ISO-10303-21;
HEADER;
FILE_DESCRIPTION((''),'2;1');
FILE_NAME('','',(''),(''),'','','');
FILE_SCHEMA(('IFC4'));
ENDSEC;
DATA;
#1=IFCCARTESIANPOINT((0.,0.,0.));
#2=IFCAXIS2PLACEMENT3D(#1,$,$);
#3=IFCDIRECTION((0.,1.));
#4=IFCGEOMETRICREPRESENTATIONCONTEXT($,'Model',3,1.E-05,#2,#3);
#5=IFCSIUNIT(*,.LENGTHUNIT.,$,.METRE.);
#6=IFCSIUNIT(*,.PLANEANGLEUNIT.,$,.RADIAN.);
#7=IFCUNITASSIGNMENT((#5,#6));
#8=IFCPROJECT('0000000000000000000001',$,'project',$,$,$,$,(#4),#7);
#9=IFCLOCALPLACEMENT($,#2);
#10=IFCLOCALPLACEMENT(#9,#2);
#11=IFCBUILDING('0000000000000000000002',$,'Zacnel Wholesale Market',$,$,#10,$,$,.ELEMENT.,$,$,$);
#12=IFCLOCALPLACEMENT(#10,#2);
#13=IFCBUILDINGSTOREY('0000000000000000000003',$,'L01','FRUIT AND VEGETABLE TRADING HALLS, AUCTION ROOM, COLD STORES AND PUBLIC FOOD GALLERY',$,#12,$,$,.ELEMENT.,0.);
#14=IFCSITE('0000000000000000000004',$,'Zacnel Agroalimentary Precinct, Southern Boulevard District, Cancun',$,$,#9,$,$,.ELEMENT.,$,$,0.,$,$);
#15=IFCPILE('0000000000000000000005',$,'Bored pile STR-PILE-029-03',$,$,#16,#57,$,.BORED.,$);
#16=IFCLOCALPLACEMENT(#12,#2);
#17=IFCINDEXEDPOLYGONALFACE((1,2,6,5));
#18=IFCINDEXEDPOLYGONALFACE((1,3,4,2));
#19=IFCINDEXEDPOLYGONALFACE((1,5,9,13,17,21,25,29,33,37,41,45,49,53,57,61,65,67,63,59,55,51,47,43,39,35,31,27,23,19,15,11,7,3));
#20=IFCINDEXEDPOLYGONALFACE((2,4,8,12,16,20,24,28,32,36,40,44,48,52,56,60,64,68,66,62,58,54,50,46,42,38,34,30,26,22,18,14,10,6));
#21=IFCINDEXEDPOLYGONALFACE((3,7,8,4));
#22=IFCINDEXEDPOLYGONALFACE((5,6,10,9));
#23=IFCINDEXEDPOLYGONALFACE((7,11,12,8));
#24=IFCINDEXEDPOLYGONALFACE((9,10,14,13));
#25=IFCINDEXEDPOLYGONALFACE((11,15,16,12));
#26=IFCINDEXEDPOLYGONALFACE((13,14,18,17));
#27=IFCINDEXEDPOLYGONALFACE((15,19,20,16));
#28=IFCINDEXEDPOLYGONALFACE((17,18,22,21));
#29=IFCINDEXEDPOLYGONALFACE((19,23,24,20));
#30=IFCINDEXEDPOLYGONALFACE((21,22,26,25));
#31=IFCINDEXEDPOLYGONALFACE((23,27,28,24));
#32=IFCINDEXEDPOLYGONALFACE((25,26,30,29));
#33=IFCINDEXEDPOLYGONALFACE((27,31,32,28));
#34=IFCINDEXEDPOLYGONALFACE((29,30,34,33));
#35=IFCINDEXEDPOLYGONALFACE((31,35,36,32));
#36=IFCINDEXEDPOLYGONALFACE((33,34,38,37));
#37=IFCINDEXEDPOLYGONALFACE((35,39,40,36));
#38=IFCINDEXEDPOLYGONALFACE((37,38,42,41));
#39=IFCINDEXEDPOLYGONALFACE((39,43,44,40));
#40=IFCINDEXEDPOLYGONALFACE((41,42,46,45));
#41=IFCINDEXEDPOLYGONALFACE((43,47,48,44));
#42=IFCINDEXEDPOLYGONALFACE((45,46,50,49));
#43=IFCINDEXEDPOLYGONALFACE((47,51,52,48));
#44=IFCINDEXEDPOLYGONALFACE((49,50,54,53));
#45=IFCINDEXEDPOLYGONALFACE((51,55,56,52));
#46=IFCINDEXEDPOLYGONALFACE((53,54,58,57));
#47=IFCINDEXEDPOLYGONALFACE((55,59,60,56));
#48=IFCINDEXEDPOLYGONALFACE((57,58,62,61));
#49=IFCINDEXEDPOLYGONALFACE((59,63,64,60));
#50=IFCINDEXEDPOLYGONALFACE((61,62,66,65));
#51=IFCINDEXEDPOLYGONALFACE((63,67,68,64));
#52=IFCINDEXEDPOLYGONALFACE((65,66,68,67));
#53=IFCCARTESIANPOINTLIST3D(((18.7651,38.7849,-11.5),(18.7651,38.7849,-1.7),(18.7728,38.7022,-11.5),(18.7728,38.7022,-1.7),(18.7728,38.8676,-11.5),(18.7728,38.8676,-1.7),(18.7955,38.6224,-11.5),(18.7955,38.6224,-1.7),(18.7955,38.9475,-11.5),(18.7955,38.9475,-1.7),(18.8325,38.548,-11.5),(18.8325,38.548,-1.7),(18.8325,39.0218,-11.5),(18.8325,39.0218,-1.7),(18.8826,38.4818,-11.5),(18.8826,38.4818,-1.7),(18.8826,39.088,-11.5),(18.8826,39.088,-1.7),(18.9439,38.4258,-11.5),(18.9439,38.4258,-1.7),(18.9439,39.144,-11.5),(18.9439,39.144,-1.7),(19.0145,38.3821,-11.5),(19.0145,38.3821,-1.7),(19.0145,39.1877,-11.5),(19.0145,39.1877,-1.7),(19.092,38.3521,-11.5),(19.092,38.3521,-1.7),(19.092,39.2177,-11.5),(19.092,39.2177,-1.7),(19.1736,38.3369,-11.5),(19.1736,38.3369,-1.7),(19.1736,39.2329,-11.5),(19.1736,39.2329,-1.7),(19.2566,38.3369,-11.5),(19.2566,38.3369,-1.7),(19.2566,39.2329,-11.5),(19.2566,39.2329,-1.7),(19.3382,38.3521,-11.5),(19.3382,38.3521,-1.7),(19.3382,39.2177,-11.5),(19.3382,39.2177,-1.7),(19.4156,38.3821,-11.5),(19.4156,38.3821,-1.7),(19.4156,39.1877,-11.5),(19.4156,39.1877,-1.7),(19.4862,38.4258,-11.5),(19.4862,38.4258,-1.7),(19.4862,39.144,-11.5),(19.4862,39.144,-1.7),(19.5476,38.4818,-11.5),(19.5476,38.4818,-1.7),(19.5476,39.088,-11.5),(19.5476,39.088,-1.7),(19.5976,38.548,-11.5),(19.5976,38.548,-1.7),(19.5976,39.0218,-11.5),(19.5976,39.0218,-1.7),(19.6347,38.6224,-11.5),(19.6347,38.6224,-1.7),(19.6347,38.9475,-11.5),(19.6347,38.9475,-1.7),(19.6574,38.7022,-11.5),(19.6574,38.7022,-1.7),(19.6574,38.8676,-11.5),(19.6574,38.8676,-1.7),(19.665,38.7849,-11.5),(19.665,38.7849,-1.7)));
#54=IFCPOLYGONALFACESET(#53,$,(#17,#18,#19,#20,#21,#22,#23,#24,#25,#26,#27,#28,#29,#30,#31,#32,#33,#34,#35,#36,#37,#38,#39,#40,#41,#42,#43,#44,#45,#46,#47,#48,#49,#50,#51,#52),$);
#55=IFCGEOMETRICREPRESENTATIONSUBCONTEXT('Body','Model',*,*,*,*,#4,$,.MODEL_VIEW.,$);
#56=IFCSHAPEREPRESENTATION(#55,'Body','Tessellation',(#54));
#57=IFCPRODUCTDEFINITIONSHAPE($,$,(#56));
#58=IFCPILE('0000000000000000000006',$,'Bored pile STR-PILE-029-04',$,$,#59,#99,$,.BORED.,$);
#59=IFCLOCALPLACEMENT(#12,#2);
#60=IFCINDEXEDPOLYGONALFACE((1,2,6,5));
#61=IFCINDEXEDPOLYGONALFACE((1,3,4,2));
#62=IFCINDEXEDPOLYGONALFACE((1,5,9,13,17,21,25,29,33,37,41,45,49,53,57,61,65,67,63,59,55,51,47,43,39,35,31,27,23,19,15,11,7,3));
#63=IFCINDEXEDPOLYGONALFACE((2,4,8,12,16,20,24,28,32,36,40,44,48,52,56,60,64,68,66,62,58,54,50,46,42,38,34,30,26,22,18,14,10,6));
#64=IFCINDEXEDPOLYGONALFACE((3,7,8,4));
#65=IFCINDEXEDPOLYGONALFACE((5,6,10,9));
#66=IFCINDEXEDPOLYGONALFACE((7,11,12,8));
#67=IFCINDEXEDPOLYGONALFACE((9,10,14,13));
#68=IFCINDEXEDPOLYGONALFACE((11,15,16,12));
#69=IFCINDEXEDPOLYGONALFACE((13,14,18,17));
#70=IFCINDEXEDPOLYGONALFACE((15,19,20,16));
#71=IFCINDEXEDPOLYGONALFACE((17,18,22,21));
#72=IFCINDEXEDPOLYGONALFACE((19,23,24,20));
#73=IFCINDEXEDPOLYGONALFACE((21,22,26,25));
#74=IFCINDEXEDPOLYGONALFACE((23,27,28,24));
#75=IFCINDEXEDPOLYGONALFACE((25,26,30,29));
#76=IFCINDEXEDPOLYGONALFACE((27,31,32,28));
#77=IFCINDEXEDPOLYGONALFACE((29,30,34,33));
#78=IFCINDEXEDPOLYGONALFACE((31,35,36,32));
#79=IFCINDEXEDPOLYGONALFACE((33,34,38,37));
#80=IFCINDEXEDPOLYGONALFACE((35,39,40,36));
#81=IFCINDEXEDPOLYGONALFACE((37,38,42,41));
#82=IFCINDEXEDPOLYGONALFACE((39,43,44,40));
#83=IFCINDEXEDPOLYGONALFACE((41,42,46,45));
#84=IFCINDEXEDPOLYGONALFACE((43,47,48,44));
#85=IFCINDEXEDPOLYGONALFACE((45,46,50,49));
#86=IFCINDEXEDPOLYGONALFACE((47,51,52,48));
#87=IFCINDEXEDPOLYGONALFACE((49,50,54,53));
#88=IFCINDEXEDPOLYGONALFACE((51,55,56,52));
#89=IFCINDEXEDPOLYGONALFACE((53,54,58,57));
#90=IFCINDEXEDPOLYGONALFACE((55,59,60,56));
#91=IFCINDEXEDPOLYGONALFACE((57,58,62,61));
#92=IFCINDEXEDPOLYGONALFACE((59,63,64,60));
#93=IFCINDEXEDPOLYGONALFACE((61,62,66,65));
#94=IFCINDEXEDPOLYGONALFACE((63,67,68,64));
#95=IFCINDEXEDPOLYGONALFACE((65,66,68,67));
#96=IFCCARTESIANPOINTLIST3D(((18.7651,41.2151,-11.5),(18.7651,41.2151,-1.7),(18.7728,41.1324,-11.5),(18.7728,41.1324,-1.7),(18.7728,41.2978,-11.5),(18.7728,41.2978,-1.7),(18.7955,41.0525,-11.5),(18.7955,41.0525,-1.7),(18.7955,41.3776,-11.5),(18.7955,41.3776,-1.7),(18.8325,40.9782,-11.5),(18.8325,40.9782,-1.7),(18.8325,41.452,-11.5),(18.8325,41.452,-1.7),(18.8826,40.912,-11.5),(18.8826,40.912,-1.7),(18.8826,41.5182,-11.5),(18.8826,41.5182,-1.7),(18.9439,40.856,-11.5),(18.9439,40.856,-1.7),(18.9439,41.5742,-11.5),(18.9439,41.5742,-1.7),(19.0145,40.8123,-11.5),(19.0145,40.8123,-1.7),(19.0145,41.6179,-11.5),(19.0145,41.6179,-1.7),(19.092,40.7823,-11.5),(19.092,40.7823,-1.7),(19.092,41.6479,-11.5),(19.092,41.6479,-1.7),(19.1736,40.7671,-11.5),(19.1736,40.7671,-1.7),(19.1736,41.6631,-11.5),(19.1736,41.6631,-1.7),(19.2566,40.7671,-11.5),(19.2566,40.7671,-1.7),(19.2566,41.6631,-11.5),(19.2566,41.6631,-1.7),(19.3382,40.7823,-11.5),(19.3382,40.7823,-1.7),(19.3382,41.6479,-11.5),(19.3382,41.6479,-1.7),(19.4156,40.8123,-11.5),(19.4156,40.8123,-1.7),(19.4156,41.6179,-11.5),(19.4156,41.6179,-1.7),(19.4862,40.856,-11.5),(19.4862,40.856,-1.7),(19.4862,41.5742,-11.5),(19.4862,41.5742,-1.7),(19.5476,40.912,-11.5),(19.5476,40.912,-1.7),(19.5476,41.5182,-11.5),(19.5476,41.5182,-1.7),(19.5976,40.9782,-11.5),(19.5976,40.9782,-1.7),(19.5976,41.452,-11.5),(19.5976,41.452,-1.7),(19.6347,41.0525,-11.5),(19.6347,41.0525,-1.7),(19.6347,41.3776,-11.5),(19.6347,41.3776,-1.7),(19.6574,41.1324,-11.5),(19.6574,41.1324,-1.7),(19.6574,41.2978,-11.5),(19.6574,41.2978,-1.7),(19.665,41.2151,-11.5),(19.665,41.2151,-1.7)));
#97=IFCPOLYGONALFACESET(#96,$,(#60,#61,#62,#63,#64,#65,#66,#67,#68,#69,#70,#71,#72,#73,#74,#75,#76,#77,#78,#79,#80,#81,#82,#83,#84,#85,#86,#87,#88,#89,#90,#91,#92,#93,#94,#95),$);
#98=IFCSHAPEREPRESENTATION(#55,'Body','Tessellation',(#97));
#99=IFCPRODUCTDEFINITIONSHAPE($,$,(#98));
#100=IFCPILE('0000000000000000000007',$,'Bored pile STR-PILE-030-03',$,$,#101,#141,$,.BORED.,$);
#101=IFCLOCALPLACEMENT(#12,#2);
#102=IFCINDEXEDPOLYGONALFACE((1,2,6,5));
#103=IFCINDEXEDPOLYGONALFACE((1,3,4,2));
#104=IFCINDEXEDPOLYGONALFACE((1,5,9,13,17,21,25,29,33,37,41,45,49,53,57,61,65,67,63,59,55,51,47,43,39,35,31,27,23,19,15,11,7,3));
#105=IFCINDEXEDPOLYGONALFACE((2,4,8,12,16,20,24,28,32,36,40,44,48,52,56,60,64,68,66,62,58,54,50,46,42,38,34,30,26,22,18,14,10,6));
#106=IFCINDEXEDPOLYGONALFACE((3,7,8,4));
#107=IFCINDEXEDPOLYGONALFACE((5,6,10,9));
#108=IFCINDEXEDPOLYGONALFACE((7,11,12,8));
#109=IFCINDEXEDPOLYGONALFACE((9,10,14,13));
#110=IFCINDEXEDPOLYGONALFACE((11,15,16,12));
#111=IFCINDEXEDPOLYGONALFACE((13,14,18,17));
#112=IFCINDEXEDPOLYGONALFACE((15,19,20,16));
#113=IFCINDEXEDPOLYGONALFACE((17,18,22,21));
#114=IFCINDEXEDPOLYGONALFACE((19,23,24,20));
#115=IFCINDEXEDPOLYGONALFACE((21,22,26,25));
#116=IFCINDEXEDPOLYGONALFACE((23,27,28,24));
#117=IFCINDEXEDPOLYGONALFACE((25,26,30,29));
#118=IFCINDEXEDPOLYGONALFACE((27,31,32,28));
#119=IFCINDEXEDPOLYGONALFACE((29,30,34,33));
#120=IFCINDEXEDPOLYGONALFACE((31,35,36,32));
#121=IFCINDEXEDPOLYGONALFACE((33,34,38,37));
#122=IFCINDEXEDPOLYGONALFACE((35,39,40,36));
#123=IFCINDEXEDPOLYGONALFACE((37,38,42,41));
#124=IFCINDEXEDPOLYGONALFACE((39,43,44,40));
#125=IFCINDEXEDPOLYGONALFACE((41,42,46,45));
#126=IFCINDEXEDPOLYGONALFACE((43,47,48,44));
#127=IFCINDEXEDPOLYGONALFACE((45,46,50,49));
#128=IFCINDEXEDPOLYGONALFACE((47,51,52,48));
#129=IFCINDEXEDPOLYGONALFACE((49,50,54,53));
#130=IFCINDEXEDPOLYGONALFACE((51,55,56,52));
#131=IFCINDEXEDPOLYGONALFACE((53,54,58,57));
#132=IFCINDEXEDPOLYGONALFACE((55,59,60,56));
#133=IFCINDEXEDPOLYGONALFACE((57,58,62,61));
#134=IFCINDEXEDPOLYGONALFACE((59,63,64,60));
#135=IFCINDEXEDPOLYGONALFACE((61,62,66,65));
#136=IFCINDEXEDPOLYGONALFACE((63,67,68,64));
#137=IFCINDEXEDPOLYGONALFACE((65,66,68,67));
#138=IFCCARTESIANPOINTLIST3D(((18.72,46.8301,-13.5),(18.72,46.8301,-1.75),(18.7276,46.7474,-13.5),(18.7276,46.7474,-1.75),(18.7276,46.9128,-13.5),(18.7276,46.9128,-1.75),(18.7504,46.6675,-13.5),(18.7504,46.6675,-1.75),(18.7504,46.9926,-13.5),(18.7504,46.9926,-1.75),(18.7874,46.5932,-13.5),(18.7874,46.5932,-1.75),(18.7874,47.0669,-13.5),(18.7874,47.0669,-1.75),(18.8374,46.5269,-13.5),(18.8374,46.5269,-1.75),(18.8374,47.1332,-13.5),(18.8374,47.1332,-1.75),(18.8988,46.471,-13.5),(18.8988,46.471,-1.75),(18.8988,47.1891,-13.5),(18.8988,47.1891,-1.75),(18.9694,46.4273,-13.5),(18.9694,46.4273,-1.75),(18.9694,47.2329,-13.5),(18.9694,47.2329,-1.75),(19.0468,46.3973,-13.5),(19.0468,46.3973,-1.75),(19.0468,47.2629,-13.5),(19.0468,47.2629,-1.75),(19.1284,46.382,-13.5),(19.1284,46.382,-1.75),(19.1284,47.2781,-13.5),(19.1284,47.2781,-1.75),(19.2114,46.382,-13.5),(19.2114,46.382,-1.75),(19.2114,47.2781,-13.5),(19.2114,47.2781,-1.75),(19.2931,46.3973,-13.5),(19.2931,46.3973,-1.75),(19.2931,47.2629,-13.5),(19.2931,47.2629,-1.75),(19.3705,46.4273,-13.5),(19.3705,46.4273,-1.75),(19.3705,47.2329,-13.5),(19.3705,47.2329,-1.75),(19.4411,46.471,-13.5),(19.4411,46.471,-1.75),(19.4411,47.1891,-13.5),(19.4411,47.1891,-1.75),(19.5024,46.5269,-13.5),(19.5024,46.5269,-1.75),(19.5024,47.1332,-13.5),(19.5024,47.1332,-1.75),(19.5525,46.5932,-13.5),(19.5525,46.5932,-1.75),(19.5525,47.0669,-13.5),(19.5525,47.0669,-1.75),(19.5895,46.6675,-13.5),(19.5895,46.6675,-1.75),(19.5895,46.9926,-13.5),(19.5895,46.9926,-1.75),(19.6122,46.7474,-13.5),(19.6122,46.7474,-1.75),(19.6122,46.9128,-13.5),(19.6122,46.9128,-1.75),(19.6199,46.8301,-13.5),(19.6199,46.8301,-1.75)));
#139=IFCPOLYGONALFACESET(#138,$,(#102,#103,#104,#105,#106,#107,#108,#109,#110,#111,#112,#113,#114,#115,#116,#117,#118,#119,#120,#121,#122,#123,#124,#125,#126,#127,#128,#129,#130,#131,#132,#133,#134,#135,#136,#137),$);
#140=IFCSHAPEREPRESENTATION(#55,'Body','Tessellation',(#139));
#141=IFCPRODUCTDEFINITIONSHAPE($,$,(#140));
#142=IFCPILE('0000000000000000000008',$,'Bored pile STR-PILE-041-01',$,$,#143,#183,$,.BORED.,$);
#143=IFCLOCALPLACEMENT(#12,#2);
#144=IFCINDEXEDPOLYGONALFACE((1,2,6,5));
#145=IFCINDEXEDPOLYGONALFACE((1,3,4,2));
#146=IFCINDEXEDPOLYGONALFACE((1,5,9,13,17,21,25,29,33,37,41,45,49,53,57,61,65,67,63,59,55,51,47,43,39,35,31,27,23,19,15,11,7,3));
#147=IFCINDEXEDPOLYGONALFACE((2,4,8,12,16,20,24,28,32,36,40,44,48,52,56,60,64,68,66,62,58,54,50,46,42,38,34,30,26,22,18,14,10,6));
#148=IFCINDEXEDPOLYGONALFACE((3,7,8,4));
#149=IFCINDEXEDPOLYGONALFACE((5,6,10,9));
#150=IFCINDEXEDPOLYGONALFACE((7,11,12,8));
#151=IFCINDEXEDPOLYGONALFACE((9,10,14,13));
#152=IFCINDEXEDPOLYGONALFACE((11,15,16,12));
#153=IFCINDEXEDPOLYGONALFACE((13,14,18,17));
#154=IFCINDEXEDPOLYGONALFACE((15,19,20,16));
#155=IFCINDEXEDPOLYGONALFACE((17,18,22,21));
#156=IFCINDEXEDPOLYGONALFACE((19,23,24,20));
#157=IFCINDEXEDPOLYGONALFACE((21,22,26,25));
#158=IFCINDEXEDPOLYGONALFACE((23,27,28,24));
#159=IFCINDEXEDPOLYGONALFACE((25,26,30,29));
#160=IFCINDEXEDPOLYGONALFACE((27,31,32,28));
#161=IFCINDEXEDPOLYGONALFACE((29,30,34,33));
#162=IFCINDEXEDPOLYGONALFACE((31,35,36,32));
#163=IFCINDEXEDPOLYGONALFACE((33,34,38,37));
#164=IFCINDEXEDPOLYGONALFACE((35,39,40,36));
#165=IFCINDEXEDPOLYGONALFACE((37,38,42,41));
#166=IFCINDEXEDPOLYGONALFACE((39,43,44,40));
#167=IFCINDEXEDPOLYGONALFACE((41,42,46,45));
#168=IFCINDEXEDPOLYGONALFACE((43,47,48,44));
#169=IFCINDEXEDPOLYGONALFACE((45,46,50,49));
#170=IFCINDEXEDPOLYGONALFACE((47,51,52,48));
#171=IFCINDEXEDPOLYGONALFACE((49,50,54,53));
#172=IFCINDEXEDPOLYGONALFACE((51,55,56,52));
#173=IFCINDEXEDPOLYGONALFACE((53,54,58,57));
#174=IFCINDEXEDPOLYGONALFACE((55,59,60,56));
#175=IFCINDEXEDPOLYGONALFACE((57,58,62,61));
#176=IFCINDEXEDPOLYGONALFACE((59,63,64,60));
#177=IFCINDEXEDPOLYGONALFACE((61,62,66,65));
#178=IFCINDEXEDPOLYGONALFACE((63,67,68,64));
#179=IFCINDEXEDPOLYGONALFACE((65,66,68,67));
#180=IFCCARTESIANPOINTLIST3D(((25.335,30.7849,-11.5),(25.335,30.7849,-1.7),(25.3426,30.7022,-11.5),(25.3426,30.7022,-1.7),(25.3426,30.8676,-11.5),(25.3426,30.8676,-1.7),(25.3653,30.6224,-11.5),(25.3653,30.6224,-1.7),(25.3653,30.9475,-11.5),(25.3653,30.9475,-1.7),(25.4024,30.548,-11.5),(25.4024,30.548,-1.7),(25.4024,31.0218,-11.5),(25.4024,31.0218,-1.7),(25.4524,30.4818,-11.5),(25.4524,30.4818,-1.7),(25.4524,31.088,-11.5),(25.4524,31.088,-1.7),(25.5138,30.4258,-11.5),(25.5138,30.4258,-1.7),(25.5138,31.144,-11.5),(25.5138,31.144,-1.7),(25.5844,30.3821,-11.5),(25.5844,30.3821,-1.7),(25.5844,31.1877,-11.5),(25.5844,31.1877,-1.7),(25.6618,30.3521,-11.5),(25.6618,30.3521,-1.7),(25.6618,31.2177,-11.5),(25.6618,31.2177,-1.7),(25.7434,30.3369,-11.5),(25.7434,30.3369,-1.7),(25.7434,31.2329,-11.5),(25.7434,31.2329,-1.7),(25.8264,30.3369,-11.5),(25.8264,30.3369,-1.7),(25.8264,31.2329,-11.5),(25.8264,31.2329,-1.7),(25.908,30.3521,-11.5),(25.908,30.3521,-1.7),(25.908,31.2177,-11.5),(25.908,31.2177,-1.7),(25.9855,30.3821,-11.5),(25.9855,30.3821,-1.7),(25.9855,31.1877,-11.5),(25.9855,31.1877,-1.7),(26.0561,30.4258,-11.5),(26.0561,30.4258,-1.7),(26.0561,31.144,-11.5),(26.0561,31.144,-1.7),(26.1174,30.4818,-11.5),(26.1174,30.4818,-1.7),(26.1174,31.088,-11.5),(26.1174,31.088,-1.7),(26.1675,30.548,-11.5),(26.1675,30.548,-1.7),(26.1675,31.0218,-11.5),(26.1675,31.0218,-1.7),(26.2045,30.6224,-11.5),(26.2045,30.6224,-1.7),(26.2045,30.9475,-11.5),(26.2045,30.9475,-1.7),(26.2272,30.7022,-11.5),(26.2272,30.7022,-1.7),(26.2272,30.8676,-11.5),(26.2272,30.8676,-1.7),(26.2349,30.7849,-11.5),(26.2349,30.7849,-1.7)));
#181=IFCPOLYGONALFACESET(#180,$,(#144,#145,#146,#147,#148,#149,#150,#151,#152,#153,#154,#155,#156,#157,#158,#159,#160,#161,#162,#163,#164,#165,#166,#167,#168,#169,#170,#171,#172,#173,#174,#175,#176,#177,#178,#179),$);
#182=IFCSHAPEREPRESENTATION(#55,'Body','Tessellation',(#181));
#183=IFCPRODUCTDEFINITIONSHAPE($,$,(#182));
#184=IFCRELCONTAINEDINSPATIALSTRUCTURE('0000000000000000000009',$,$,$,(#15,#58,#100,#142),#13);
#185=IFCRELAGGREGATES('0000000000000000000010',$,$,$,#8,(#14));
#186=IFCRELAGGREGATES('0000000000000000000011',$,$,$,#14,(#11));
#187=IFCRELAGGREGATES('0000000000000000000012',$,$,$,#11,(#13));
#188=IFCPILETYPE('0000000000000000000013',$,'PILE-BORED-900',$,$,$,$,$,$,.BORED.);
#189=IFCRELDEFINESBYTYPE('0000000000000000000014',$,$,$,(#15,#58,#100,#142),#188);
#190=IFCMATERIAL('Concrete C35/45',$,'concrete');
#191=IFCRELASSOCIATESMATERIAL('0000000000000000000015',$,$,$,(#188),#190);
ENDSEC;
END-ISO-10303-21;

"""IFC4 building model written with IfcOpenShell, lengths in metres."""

from ifc_helpers import new_model, si_unit, direction, frame, origin, origin_2d, place, context, subcontext, project, spatial, circle, extrude, material, material_profile, profile_set, type_object, element, save


model = new_model("IFC4")

# Units and contexts
model_context = context("Model", 3, precision=1e-05, world=origin(), true_north=direction((0.0, 1.0)))
body_context = subcontext(model_context, "Body", "Model", "MODEL_VIEW")
ifc_project = project(units=[si_unit("LENGTHUNIT", "METRE"), si_unit("PLANEANGLEUNIT", "RADIAN")], contexts=[model_context])

# Site, building, storey
site_placement = place(None, origin())
site = spatial("IfcSite", under=ifc_project, at=site_placement, Name="Zacnel Agroalimentary Precinct, Southern Boulevard District, Cancun", CompositionType="ELEMENT", RefElevation=0.0)
building_placement = place(site_placement, origin())
building = spatial("IfcBuilding", under=site, at=building_placement, Name="Zacnel Wholesale Market", CompositionType="ELEMENT")
storey_placement = place(building_placement, origin())
storey = spatial("IfcBuildingStorey", under=building, at=storey_placement, Name="L01", Description="FRUIT AND VEGETABLE TRADING HALLS, AUCTION ROOM, COLD STORES AND PUBLIC FOOD GALLERY", CompositionType="ELEMENT", Elevation=0.0)

# Piles
ifc_material_1 = material(Name="Concrete C35/45", Category="concrete")
ifc_material_profile_1 = material_profile(ifc_material_1, circle(Radius=0.45, at=origin_2d()), Name="BORED PILE D900")
ifc_profile_set_1 = profile_set([ifc_material_profile_1], Name="Concrete C35/45")
pile_type = type_object("IfcPileType", Name="PILE-BORED-900", PredefinedType="BORED", material=ifc_profile_set_1)
for number, where, z_axis, x_axis, name in (
    (1, (19.2151, 38.7849, -1.7), (0.0, 0.0, -1.0), (1.0, 0.0, 0.0), "Bored pile STR-PILE-029-03"),
    (2, (19.2151, 41.2151, -1.7), (0.0, 0.0, -1.0), (1.0, 0.0, 0.0), "Bored pile STR-PILE-029-04"),
):
    element("IfcPile", number, at=place(storey_placement, frame(where, z_axis=z_axis, x_axis=x_axis)), inside=storey, type_object=pile_type, Name=name, PredefinedType="BORED", context=body_context, shape_type="SweptSolid", body=[
        extrude(circle(Radius=0.45, at=origin_2d()), origin(), (0.0, 0.0, 1.0), 9.8),
    ])
pile_1_placement = place(storey_placement, frame((19.1699, 46.8301, -1.75), z_axis=(0.0, 0.0, -1.0), x_axis=(1.0, 0.0, 0.0)))
element("IfcPile", 3, at=pile_1_placement, inside=storey, type_object=pile_type, Name="Bored pile STR-PILE-030-03", PredefinedType="BORED", context=body_context, shape_type="SweptSolid", body=[
    extrude(circle(Radius=0.45, at=origin_2d()), origin(), (0.0, 0.0, 1.0), 11.75),
])
for number, where, z_axis, x_axis, name in (
    (4, (25.7849, 30.7849, -1.7), (0.0, 0.0, -1.0), (1.0, 0.0, 0.0), "Bored pile STR-PILE-041-01"),
):
    element("IfcPile", number, at=place(storey_placement, frame(where, z_axis=z_axis, x_axis=x_axis)), inside=storey, type_object=pile_type, Name=name, PredefinedType="BORED", context=body_context, shape_type="SweptSolid", body=[
        extrude(circle(Radius=0.45, at=origin_2d()), origin(), (0.0, 0.0, 1.0), 9.8),
    ])

save(model, "model.ifc")
